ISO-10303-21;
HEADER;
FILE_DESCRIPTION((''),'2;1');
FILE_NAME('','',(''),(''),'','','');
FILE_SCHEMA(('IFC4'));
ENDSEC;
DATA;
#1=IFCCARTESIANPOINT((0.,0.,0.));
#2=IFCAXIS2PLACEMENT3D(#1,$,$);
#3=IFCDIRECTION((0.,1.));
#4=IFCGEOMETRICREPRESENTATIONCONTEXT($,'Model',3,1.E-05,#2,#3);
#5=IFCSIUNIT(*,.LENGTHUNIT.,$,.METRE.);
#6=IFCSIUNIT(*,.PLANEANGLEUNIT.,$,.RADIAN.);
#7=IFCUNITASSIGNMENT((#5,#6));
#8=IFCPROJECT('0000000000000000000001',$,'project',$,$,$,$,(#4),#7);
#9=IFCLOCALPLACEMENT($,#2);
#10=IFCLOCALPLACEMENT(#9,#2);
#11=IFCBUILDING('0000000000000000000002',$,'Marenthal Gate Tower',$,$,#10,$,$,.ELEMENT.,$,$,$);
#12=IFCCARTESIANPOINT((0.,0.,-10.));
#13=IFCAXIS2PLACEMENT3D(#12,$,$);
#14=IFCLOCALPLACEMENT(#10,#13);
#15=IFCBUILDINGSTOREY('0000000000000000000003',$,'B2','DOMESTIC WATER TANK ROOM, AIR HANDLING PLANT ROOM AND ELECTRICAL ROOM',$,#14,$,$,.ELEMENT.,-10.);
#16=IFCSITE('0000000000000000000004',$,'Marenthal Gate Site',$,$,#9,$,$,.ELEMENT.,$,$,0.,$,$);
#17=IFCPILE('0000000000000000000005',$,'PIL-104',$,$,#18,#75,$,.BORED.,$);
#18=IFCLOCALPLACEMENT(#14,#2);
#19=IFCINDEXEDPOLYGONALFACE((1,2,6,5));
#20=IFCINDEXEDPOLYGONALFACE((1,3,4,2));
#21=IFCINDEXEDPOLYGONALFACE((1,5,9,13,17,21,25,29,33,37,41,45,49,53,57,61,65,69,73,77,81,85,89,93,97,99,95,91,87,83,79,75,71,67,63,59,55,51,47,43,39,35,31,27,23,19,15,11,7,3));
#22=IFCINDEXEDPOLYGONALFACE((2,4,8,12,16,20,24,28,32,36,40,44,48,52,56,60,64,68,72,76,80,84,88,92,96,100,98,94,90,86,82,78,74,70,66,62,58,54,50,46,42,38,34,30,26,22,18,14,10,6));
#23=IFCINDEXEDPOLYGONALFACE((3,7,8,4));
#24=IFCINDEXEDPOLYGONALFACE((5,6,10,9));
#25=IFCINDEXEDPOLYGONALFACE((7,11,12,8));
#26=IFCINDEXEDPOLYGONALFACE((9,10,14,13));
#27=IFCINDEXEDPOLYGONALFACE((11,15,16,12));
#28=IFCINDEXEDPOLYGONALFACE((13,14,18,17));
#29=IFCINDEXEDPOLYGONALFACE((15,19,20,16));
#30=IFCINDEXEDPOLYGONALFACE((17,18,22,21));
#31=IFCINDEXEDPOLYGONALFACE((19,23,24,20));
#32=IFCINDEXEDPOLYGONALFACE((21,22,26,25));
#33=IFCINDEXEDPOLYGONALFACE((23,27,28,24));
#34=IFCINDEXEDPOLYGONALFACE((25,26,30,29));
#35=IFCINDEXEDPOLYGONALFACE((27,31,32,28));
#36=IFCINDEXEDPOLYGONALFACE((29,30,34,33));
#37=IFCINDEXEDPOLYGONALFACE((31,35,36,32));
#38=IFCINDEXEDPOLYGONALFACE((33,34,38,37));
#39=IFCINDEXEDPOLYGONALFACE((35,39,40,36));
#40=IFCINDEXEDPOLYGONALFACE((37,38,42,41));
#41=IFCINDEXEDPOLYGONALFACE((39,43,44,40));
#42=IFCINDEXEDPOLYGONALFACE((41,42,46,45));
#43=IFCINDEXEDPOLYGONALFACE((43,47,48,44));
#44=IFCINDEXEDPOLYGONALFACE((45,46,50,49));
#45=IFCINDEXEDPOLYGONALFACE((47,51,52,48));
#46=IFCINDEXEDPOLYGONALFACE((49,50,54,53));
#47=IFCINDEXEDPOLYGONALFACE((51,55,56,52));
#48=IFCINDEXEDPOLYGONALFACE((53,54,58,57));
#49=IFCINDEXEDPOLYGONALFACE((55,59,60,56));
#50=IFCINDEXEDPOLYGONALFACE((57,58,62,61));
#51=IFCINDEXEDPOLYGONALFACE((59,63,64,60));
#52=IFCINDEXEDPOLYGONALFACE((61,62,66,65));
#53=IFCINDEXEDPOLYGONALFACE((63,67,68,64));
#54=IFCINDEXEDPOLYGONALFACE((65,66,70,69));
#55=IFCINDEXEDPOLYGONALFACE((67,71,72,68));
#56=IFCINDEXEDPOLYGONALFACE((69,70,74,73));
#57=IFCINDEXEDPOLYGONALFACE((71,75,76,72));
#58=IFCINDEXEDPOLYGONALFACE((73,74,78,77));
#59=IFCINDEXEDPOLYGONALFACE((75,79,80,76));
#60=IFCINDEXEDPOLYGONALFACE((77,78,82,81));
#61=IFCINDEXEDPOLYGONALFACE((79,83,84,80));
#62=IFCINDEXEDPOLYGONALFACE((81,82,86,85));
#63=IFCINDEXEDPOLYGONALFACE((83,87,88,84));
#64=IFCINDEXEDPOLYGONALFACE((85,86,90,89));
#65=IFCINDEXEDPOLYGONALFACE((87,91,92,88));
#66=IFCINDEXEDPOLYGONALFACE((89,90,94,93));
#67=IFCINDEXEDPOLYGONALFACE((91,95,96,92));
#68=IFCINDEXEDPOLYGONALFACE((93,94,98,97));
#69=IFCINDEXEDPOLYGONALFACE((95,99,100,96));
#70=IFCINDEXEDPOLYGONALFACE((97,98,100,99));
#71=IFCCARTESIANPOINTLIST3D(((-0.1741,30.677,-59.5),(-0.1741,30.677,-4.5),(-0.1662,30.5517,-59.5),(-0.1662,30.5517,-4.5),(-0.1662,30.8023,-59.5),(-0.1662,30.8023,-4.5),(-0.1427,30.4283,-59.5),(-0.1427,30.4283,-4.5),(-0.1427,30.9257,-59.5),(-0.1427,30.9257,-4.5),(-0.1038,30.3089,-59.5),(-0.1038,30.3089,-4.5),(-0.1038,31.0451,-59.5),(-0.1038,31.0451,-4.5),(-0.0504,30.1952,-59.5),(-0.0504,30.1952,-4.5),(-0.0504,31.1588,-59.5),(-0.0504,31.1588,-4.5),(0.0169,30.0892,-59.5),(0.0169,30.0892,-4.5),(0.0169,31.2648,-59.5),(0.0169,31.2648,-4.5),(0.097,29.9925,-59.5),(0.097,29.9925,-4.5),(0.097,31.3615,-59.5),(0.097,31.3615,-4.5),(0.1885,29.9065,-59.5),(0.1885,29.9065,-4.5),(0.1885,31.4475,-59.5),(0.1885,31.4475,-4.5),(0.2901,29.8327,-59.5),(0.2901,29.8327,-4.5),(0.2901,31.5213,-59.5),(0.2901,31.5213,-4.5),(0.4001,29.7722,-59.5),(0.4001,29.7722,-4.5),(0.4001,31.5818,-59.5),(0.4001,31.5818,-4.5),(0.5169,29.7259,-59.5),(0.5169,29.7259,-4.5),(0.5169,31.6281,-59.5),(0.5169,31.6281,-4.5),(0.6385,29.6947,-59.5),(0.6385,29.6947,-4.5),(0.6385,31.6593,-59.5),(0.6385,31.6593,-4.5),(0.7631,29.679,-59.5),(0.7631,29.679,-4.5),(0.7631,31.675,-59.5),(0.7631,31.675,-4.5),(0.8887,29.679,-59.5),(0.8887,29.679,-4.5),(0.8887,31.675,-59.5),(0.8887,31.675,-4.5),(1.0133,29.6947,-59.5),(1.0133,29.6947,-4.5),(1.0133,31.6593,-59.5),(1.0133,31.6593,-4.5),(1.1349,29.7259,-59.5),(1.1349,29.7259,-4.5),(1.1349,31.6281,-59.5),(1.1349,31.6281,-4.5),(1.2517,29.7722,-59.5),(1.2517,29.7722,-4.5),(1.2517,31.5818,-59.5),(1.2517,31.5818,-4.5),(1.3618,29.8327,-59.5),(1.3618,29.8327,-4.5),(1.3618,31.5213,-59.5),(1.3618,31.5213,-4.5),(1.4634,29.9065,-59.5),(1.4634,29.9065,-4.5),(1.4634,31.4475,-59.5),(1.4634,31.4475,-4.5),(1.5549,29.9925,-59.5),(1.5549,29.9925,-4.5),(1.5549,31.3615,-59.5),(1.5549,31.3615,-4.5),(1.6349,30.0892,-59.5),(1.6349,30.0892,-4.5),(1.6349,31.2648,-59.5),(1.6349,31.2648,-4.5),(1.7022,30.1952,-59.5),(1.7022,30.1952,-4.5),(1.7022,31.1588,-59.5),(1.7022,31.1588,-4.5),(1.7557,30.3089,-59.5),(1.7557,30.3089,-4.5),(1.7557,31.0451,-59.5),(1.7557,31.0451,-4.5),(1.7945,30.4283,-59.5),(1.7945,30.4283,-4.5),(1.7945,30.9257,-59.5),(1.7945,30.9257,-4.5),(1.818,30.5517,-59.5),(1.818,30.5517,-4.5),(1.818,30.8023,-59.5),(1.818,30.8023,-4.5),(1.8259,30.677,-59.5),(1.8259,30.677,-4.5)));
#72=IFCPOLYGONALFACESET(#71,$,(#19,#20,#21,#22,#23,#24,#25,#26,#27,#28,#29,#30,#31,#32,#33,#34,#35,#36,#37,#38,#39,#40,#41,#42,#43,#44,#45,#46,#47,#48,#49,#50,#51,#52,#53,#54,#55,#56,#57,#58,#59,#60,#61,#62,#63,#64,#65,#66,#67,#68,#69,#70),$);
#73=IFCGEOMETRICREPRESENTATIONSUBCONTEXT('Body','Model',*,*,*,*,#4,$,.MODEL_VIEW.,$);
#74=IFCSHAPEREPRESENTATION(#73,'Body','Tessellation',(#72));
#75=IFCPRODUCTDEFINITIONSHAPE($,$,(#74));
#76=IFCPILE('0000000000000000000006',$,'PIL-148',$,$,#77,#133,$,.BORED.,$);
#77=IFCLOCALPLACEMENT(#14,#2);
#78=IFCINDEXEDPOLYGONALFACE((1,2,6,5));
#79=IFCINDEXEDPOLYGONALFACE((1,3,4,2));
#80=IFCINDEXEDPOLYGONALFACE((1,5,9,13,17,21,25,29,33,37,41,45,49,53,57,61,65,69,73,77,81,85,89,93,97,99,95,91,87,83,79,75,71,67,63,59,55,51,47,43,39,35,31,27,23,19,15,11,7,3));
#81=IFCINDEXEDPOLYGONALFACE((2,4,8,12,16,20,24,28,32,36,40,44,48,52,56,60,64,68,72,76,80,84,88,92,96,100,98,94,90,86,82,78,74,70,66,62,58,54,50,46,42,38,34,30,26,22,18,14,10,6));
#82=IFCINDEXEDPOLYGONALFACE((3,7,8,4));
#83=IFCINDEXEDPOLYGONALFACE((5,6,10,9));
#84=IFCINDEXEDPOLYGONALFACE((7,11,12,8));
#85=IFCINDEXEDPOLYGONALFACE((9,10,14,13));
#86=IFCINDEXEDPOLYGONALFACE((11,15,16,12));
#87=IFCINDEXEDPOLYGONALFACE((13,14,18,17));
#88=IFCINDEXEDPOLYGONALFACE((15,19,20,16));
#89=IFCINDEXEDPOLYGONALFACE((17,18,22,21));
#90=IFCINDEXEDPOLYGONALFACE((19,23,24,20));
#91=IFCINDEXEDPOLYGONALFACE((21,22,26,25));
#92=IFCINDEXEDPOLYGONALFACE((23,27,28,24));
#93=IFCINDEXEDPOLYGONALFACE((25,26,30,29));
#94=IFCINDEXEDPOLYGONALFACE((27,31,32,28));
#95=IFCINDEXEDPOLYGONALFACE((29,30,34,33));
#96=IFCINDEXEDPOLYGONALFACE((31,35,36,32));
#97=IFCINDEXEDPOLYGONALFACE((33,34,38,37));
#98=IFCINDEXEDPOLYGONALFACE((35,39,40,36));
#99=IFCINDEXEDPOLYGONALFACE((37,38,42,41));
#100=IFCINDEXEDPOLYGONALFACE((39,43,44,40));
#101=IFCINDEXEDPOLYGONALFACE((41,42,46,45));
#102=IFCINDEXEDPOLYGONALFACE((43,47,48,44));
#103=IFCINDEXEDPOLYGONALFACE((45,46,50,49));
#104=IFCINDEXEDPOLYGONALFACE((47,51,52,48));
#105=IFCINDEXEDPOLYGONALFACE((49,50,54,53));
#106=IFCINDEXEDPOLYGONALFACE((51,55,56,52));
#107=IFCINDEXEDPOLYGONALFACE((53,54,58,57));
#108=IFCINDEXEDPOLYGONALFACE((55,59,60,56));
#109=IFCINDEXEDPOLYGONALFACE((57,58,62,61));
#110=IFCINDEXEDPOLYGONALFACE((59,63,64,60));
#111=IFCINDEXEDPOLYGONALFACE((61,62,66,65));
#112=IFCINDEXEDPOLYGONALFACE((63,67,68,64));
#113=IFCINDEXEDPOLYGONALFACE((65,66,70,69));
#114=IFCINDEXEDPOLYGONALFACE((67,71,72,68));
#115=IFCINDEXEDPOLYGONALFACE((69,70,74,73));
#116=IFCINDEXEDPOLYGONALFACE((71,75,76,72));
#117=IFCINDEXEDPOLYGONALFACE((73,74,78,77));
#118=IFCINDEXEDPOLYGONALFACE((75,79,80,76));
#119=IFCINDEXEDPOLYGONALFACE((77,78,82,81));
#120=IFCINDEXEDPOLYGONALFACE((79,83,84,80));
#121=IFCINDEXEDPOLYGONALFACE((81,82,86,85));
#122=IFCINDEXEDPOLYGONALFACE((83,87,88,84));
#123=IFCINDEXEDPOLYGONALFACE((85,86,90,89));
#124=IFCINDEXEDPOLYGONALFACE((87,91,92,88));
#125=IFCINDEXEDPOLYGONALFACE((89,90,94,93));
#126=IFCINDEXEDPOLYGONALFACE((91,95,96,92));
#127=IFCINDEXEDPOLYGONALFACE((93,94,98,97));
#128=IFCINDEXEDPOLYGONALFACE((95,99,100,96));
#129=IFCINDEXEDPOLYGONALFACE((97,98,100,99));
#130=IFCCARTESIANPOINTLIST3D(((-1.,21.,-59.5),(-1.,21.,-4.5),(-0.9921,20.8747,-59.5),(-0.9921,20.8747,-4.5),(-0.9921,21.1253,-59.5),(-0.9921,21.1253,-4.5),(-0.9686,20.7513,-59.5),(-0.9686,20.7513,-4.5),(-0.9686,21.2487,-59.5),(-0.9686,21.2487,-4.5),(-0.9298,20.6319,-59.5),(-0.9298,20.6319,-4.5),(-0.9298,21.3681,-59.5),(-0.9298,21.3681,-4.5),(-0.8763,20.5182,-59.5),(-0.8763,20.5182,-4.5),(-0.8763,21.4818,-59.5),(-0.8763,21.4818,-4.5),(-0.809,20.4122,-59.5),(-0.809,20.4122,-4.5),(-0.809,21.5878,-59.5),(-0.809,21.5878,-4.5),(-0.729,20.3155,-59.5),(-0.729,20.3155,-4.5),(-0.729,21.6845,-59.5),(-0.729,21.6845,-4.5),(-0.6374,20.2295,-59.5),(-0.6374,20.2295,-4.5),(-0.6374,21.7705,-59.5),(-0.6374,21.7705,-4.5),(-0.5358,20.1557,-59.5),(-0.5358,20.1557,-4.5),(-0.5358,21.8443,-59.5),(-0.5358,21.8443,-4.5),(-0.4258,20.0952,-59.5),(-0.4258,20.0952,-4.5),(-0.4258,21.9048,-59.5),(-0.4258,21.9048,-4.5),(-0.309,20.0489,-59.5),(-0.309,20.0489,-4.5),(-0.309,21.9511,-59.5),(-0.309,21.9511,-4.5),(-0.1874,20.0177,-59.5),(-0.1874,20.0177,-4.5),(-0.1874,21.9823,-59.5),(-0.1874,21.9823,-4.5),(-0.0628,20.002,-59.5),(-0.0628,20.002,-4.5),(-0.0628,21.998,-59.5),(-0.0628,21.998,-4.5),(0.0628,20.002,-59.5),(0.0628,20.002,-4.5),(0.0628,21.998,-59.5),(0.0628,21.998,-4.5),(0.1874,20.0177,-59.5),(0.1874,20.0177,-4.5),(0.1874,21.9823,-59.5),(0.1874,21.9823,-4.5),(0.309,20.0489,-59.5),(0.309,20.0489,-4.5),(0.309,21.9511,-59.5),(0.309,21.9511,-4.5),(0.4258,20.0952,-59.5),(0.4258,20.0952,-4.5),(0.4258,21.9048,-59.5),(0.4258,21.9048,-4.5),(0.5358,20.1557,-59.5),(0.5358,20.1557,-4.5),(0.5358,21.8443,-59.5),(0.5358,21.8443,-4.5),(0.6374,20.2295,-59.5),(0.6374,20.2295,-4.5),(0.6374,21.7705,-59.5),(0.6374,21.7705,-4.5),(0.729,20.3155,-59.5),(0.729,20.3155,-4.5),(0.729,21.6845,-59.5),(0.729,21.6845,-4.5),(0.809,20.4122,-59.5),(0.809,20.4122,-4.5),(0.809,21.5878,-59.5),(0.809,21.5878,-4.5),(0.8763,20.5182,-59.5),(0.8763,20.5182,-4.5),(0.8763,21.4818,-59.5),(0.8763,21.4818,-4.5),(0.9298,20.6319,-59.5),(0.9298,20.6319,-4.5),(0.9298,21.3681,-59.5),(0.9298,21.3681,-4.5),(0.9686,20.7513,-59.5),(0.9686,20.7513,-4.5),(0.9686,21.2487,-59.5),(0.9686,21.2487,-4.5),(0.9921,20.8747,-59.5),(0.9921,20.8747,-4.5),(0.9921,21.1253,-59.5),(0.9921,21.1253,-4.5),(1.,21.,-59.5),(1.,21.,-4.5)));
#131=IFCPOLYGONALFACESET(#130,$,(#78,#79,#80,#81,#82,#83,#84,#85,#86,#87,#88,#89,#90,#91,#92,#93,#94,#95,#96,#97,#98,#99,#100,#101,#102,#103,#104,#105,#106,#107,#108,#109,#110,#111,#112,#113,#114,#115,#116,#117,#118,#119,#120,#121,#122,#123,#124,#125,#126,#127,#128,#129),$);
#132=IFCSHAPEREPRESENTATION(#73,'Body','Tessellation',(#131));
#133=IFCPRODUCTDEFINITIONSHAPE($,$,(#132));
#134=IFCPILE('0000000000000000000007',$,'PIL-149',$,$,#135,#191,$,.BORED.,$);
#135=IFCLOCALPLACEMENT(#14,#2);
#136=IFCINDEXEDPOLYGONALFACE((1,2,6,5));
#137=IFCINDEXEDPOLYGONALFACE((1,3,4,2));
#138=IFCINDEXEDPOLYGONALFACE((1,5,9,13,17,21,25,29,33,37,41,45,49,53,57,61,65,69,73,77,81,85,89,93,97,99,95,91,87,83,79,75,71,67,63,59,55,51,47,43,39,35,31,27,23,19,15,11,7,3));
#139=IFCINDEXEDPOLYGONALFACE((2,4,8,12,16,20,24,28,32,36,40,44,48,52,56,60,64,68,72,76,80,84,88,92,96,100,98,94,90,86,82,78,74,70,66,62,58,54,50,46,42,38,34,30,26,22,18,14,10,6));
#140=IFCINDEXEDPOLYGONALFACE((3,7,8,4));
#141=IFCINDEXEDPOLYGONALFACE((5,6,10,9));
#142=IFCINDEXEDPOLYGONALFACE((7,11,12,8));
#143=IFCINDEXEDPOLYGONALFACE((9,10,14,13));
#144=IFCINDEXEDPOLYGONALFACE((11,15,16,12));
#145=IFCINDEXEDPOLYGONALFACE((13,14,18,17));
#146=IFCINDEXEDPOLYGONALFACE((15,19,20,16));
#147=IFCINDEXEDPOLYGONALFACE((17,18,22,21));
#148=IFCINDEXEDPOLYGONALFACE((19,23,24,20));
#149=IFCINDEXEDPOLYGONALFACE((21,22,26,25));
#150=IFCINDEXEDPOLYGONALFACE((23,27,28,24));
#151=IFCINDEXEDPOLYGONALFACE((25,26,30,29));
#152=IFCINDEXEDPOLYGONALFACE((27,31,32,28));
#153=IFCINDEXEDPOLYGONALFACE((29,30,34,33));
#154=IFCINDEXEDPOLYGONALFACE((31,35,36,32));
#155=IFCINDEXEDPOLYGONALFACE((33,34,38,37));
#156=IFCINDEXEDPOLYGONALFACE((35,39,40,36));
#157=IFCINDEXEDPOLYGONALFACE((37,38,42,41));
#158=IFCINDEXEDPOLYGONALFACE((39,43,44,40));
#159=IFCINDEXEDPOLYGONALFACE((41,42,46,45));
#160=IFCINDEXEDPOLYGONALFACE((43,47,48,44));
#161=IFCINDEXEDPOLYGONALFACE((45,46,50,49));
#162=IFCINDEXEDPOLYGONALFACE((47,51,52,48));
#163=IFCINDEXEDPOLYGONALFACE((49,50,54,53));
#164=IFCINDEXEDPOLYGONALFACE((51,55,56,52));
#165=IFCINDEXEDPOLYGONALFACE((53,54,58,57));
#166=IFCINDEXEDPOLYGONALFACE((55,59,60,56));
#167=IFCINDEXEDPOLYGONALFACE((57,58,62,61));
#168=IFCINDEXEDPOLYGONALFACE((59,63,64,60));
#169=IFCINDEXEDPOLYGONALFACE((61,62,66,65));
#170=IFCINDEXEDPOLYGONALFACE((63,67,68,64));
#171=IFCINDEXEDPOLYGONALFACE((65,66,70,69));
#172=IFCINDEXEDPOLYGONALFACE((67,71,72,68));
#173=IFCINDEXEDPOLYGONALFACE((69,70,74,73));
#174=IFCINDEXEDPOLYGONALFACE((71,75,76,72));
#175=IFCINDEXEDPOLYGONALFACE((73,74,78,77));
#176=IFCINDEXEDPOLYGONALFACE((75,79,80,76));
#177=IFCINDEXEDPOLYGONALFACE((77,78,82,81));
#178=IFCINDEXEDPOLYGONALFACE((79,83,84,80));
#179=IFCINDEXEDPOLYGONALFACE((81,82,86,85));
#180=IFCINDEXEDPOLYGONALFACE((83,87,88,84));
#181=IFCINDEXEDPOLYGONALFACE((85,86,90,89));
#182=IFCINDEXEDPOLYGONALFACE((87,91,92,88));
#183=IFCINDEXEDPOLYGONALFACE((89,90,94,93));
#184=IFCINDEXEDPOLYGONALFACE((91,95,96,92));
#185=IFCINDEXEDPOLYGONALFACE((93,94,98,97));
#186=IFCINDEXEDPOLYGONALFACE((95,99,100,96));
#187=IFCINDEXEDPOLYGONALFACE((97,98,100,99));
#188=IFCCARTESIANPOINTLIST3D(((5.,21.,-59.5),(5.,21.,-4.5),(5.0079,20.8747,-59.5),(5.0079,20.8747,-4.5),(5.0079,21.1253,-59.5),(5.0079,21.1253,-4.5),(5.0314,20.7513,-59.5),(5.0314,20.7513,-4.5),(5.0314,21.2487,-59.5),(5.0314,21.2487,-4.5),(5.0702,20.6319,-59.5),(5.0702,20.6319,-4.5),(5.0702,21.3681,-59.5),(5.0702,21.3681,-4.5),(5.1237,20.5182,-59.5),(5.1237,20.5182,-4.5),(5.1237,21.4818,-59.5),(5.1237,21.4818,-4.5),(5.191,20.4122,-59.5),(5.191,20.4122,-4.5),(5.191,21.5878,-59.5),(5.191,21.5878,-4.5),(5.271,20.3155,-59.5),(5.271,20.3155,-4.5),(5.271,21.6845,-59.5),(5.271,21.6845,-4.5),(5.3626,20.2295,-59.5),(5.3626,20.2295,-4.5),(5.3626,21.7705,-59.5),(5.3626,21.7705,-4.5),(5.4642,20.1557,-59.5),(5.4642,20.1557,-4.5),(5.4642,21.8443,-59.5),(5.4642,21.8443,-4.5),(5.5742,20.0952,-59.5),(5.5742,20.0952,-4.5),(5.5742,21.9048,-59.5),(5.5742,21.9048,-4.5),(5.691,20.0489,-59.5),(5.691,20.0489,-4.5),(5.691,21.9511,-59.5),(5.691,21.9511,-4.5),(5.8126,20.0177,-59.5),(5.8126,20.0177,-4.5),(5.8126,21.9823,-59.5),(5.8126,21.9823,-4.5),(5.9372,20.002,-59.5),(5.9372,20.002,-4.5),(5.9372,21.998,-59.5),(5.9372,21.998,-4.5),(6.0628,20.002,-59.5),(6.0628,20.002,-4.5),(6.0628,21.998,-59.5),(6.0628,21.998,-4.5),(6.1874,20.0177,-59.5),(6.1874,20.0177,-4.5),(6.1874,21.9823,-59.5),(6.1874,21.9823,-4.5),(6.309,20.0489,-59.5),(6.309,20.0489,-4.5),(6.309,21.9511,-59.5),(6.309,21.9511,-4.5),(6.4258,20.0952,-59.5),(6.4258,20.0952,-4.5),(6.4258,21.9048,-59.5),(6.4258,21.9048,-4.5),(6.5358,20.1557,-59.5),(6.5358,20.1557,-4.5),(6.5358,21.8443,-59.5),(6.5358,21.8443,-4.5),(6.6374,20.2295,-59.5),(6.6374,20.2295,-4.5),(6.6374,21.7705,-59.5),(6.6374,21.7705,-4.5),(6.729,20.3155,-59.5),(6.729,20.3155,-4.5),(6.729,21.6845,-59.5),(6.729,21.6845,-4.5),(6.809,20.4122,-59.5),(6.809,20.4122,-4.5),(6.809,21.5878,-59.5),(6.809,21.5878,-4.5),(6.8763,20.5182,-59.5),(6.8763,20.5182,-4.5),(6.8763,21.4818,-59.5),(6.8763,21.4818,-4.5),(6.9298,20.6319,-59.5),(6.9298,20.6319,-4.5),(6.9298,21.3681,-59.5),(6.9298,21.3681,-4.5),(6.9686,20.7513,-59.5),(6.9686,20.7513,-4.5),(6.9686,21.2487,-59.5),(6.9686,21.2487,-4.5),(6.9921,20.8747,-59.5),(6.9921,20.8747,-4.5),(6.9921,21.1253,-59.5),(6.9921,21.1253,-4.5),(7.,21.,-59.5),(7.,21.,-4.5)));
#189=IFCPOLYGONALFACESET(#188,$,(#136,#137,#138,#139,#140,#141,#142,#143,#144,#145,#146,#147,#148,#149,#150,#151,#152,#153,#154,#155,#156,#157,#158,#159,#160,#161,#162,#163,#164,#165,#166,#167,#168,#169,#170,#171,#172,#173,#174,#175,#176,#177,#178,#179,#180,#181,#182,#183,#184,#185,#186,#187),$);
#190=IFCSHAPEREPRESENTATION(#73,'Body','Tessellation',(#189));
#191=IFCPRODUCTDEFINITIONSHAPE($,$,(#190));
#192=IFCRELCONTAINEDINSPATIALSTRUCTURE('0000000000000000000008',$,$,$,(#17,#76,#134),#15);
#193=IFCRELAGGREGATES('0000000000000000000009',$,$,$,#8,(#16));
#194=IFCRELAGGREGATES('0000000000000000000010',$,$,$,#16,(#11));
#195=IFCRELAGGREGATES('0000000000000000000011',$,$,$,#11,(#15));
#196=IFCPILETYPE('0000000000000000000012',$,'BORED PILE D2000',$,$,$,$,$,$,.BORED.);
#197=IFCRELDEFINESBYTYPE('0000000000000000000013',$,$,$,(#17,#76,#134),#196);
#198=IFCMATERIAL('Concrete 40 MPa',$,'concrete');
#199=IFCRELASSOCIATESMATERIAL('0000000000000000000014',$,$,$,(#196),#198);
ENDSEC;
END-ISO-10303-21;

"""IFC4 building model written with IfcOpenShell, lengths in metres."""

from ifc_helpers import new_model, si_unit, direction, frame, origin, origin_2d, place, context, subcontext, project, spatial, circle, extrude, material, type_object, element, save


model = new_model("IFC4")

# Units and contexts
model_context = context("Model", 3, precision=1e-05, world=origin(), true_north=direction((0.0, 1.0)))
body_context = subcontext(model_context, "Body", "Model", "MODEL_VIEW")
ifc_project = project(units=[si_unit("LENGTHUNIT", "METRE"), si_unit("PLANEANGLEUNIT", "RADIAN")], contexts=[model_context])

# Site, building, storey
site_placement = place(None, origin())
site = spatial("IfcSite", under=ifc_project, at=site_placement, Name="Marenthal Gate Site", CompositionType="ELEMENT", RefElevation=0.0)
building_placement = place(site_placement, origin())
building = spatial("IfcBuilding", under=site, at=building_placement, Name="Marenthal Gate Tower", CompositionType="ELEMENT")
storey_placement = place(building_placement, frame((0.0, 0.0, -10.0)))
storey = spatial("IfcBuildingStorey", under=building, at=storey_placement, Name="B2", Description="DOMESTIC WATER TANK ROOM, AIR HANDLING PLANT ROOM AND ELECTRICAL ROOM", CompositionType="ELEMENT", Elevation=-10.0)

# Piles
ifc_material_1 = material(Name="Concrete 40 MPa", Category="concrete")
pile_type = type_object("IfcPileType", Name="BORED PILE D2000", PredefinedType="BORED", material=ifc_material_1)
for number, where, z_axis, x_axis, name in (
    (1, (0.8259, 30.677, -4.5), (0.0, 0.0, -1.0), (1.0, 0.0, 0.0), "PIL-104"),
    (2, (0.0, 21.0, -4.5), (0.0, 0.0, -1.0), (1.0, 0.0, 0.0), "PIL-148"),
    (3, (6.0, 21.0, -4.5), (0.0, 0.0, -1.0), (1.0, 0.0, 0.0), "PIL-149"),
):
    element("IfcPile", number, at=place(storey_placement, frame(where, z_axis=z_axis, x_axis=x_axis)), inside=storey, type_object=pile_type, Name=name, PredefinedType="BORED", context=body_context, shape_type="SweptSolid", body=[
        extrude(circle(Radius=1.0, at=origin_2d()), origin(), (0.0, 0.0, 1.0), 55.0),
    ])

save(model, "model.ifc")
